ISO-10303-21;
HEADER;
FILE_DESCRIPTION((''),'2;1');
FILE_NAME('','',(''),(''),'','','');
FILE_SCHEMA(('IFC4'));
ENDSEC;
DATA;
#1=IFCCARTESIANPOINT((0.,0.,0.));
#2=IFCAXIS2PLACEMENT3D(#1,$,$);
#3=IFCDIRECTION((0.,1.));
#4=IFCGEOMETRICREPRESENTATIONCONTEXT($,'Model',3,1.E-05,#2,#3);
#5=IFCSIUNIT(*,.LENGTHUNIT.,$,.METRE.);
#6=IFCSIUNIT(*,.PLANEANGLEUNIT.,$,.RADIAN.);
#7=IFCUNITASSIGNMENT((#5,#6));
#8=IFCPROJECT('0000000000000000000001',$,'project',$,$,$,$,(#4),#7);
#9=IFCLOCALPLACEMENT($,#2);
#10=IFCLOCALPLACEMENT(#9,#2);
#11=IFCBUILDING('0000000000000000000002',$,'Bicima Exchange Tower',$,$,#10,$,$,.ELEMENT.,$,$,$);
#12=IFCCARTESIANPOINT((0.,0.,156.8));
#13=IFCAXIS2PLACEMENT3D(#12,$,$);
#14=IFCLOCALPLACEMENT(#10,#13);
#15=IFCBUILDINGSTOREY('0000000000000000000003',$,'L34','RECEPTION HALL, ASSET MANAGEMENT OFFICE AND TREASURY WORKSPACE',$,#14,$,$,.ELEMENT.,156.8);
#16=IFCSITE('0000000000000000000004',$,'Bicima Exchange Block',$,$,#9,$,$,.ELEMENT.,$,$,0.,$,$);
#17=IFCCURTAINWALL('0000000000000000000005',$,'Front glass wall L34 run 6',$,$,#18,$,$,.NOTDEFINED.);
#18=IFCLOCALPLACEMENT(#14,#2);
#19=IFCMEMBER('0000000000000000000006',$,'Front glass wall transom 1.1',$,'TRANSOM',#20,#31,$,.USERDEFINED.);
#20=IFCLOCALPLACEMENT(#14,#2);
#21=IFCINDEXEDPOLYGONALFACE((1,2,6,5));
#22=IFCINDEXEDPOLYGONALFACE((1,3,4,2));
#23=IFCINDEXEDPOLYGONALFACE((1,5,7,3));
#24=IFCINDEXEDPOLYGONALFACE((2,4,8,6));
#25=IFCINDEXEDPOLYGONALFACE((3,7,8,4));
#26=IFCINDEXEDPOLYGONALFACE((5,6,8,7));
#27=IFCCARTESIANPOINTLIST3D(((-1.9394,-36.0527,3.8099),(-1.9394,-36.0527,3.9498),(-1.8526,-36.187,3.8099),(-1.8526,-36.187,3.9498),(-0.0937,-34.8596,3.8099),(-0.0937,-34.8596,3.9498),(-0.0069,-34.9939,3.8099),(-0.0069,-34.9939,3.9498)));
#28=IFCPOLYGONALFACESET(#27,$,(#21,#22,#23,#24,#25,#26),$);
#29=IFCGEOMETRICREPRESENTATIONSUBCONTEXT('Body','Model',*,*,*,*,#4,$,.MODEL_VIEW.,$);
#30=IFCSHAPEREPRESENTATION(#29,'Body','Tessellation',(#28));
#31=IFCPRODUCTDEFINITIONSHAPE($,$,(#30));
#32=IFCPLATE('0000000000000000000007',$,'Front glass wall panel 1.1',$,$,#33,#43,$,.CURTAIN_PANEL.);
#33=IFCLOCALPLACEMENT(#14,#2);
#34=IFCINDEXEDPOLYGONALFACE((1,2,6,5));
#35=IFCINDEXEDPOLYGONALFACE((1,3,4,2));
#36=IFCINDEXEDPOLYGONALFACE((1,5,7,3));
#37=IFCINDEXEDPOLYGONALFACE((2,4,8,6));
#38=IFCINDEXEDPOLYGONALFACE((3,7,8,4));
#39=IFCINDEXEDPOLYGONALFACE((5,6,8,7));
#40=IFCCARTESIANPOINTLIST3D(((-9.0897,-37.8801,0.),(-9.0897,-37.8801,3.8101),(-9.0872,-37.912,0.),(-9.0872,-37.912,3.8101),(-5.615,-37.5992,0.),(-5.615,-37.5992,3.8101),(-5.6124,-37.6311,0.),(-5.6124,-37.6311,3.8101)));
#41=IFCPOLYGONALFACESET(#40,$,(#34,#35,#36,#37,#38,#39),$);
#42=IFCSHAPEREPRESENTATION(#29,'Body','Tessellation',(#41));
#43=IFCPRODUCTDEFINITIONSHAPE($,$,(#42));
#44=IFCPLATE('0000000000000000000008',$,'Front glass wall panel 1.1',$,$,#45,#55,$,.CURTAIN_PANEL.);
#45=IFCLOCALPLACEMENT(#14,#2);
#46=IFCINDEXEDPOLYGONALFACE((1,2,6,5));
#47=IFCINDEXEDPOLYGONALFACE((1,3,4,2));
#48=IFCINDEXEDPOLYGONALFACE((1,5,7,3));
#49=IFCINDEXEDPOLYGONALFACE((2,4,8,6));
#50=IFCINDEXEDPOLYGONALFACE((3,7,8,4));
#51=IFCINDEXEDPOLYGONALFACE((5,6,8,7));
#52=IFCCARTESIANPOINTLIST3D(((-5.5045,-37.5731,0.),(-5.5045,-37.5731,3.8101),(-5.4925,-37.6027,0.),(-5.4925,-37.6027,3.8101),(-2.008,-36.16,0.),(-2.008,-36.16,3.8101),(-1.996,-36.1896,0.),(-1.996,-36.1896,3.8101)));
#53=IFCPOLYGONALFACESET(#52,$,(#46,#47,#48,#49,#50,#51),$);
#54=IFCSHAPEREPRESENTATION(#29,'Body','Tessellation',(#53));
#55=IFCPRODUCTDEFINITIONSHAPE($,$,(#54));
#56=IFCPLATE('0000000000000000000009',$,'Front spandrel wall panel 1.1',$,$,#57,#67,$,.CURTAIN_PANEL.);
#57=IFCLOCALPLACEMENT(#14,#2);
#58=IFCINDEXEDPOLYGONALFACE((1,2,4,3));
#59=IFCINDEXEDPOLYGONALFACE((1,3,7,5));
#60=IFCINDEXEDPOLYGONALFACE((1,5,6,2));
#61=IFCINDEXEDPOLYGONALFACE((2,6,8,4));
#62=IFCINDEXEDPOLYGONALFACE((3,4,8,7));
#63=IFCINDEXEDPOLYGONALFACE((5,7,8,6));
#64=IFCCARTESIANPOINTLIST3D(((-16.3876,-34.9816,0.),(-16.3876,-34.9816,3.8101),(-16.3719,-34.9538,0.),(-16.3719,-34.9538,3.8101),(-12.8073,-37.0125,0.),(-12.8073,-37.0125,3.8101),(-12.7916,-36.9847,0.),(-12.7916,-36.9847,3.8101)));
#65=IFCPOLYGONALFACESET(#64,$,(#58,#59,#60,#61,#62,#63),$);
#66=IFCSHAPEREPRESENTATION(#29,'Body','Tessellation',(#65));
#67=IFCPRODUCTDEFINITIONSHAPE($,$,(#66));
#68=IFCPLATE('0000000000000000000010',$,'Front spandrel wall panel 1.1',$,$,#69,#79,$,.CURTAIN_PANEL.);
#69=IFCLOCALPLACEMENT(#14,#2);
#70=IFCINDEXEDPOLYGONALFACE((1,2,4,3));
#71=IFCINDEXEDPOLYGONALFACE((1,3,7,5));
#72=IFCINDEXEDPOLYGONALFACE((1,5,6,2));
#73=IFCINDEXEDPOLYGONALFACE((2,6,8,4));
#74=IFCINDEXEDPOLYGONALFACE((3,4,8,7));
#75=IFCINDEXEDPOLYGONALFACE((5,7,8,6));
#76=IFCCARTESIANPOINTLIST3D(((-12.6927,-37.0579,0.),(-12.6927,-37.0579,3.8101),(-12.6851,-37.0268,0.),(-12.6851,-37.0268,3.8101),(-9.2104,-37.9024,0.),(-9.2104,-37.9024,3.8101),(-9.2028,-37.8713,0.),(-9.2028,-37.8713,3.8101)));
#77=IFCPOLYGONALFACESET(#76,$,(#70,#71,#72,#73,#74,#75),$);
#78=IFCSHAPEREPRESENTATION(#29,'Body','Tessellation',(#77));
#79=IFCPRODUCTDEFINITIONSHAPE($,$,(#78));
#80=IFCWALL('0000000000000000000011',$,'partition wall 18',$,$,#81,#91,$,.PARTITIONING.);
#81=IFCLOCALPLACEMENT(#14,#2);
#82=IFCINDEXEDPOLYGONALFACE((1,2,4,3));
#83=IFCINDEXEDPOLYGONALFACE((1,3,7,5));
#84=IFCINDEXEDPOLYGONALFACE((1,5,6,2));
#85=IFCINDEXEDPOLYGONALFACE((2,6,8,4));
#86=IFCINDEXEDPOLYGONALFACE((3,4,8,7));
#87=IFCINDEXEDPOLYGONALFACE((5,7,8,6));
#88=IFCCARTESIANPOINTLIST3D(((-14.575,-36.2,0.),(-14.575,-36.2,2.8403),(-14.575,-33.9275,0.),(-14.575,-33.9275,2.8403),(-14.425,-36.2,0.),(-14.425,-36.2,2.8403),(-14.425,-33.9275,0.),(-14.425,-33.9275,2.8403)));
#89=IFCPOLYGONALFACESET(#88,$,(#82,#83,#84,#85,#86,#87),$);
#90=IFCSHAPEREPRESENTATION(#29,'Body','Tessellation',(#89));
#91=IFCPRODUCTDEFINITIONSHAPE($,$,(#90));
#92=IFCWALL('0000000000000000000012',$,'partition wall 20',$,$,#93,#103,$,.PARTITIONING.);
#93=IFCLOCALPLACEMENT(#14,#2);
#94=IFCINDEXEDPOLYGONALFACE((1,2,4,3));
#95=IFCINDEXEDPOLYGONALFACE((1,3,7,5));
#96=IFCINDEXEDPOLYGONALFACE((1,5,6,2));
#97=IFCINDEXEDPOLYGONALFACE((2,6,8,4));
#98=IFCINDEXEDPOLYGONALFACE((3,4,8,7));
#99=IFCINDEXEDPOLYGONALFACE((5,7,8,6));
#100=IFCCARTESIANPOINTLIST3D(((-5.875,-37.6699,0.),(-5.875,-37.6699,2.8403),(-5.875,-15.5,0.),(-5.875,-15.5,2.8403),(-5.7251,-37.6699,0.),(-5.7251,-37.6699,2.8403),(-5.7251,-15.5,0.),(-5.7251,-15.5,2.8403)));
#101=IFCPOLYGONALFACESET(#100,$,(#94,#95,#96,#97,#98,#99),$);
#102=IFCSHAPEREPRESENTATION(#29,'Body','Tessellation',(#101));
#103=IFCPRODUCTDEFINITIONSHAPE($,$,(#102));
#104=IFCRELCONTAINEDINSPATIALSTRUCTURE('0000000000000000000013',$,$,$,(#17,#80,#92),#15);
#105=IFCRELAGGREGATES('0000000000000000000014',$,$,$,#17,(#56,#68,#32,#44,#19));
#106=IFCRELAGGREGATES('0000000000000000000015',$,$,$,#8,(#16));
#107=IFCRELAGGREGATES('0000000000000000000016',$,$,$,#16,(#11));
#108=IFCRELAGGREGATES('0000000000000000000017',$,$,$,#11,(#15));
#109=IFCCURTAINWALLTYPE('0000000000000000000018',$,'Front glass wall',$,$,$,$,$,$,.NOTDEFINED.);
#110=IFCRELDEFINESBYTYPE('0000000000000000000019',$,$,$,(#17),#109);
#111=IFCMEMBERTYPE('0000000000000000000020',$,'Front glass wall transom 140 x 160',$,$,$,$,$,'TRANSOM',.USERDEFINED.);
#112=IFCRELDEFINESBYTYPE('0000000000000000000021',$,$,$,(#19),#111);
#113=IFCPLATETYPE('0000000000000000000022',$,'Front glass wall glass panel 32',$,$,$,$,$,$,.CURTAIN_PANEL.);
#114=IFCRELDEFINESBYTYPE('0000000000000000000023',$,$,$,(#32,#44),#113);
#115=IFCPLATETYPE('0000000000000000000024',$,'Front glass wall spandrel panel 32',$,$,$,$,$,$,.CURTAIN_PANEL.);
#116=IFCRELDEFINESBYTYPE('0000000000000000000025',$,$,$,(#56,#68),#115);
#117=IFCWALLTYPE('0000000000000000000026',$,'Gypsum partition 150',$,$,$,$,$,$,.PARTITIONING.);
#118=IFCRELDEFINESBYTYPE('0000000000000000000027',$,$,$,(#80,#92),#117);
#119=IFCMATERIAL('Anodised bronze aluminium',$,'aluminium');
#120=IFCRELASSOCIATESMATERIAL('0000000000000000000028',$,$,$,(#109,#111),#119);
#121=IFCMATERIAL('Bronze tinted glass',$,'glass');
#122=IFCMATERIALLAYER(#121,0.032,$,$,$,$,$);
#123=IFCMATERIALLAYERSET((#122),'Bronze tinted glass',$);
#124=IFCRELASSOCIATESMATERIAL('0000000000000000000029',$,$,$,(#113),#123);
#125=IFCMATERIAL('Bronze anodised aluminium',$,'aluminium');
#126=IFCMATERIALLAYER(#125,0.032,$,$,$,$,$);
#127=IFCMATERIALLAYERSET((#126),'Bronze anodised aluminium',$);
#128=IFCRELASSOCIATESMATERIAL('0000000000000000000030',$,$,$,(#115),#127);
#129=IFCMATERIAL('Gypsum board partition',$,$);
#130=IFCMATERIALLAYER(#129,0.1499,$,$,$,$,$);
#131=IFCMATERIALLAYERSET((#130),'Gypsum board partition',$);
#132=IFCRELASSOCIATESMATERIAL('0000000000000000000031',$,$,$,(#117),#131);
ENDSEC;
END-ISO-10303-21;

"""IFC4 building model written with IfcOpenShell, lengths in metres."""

from ifc_helpers import new_model, si_unit, direction, frame, frame_2d, origin, origin_2d, place, context, subcontext, project, spatial, rectangle, extrude, material, layer, layer_set, material_profile, profile_set, type_object, element, aggregate, save


model = new_model("IFC4")

# Units and contexts
model_context = context("Model", 3, precision=1e-05, world=origin(), true_north=direction((0.0, 1.0)))
body_context = subcontext(model_context, "Body", "Model", "MODEL_VIEW")
ifc_project = project(units=[si_unit("LENGTHUNIT", "METRE"), si_unit("PLANEANGLEUNIT", "RADIAN")], contexts=[model_context])

# Site, building, storey
site_placement = place(None, origin())
site = spatial("IfcSite", under=ifc_project, at=site_placement, Name="Bicima Exchange Block", CompositionType="ELEMENT", RefElevation=0.0)
building_placement = place(site_placement, origin())
building = spatial("IfcBuilding", under=site, at=building_placement, Name="Bicima Exchange Tower", CompositionType="ELEMENT")
storey_placement = place(building_placement, frame((0.0, 0.0, 156.8)))
storey = spatial("IfcBuildingStorey", under=building, at=storey_placement, Name="L34", Description="RECEPTION HALL, ASSET MANAGEMENT OFFICE AND TREASURY WORKSPACE", CompositionType="ELEMENT", Elevation=156.8)

# Curtain wall, member, plates
ifc_material_1 = material(Name="Anodised bronze aluminium", Category="aluminium")
curtain_wall_type = type_object("IfcCurtainWallType", Name="Front glass wall", PredefinedType="NOTDEFINED", material=ifc_material_1)
curtain_wall_placement = place(storey_placement, origin())
curtain_wall = element("IfcCurtainWall", 1, at=curtain_wall_placement, inside=storey, type_object=curtain_wall_type, Name="Front glass wall L34 run 6", PredefinedType="NOTDEFINED")
ifc_material_profile_1 = material_profile(ifc_material_1, rectangle(XDim=0.1599, YDim=0.1399, at=origin_2d()))
ifc_profile_set_1 = profile_set([ifc_material_profile_1], Name="Anodised bronze aluminium")
member_type_1 = type_object("IfcMemberType", Name="Front glass wall transom 140 x 160", ElementType="TRANSOM", PredefinedType="USERDEFINED", material=ifc_profile_set_1)
member_1_placement = place(storey_placement, frame((-1.896, -36.1199, 3.8799), z_axis=(0.839811, 0.542878, 0.0), x_axis=(-0.542878, 0.839811, 0.0)))
member_1 = element("IfcMember", 2, at=member_1_placement, type_object=member_type_1, Name="Front glass wall transom 1.1", ObjectType="TRANSOM", PredefinedType="USERDEFINED", context=body_context, shape_type="SweptSolid", body=[
    extrude(rectangle(XDim=0.1599, YDim=0.1399, at=origin_2d()), origin(), (0.0, 0.0, 1.0), 2.1978),
])
ifc_material_2 = material(Name="Bronze tinted glass", Category="glass")
ifc_layer_1 = layer(ifc_material_2, 0.032)
ifc_layer_set_1 = layer_set([ifc_layer_1], Name="Bronze tinted glass")
plate_type_1 = type_object("IfcPlateType", Name="Front glass wall glass panel 32", PredefinedType="CURTAIN_PANEL", material=ifc_layer_set_1)
plate_1_placement = place(storey_placement, frame((-7.3511, -37.7556, 0.0), z_axis=(0.0, 0.0, 1.0), x_axis=(0.996747, 0.080589, 0.0)))
plate_1 = element("IfcPlate", 3, at=plate_1_placement, type_object=plate_type_1, Name="Front glass wall panel 1.1", PredefinedType="CURTAIN_PANEL", context=body_context, shape_type="SweptSolid", body=[
    extrude(rectangle(XDim=3.4861, YDim=0.032, at=origin_2d()), origin(), (0.0, 0.0, 1.0), 3.8101),
])
plate_2_placement = place(storey_placement, frame((-3.7502, -36.8813, 0.0), z_axis=(0.0, 0.0, 1.0), x_axis=(0.927144, 0.374705, 0.0)))
plate_2 = element("IfcPlate", 4, at=plate_2_placement, type_object=plate_type_1, Name="Front glass wall panel 1.1", PredefinedType="CURTAIN_PANEL", context=body_context, shape_type="SweptSolid", body=[
    extrude(rectangle(XDim=3.7712, YDim=0.032, at=origin_2d()), origin(), (0.0, 0.0, 1.0), 3.8101),
])
ifc_material_3 = material(Name="Bronze anodised aluminium", Category="aluminium")
ifc_layer_2 = layer(ifc_material_3, 0.032)
ifc_layer_set_2 = layer_set([ifc_layer_2], Name="Bronze anodised aluminium")
plate_type_2 = type_object("IfcPlateType", Name="Front glass wall spandrel panel 32", PredefinedType="CURTAIN_PANEL", material=ifc_layer_set_2)
plate_3_placement = place(storey_placement, frame((-14.5896, -35.9832, 0.0), z_axis=(0.0, 0.0, 1.0), x_axis=(0.869805, -0.493395, 0.0)))
plate_3 = element("IfcPlate", 5, at=plate_3_placement, type_object=plate_type_2, Name="Front spandrel wall panel 1.1", PredefinedType="CURTAIN_PANEL", context=body_context, shape_type="SweptSolid", body=[
    extrude(rectangle(XDim=4.1162, YDim=0.032, at=origin_2d()), origin(), (0.0, 0.0, 1.0), 3.8101),
])
plate_4_placement = place(storey_placement, frame((-10.9478, -37.4646, 0.0), z_axis=(0.0, 0.0, 1.0), x_axis=(0.97183, -0.235682, 0.0)))
plate_4 = element("IfcPlate", 6, at=plate_4_placement, type_object=plate_type_2, Name="Front spandrel wall panel 1.1", PredefinedType="CURTAIN_PANEL", context=body_context, shape_type="SweptSolid", body=[
    extrude(rectangle(XDim=3.5833, YDim=0.032, at=origin_2d()), origin(), (0.0, 0.0, 1.0), 3.8101),
])
aggregate(curtain_wall, [plate_3, plate_4, plate_1, plate_2, member_1])

# Walls
ifc_material_4 = material(Name="Gypsum board partition")
ifc_layer_3 = layer(ifc_material_4, 0.1499)
ifc_layer_set_3 = layer_set([ifc_layer_3], Name="Gypsum board partition")
wall_type = type_object("IfcWallType", Name="Gypsum partition 150", PredefinedType="PARTITIONING", material=ifc_layer_set_3)
wall_1_placement = place(storey_placement, frame((-14.5, -36.2, 0.0), z_axis=(0.0, 0.0, 1.0), x_axis=(0.0, 1.0, 0.0)))
element("IfcWall", 7, at=wall_1_placement, inside=storey, type_object=wall_type, Name="partition wall 18", PredefinedType="PARTITIONING", context=body_context, shape_type="SweptSolid", body=[
    extrude(rectangle(XDim=2.2725, YDim=0.1499, at=frame_2d((1.1362, 0.0))), origin(), (0.0, 0.0, 1.0), 2.8403),
])
wall_2_placement = place(storey_placement, frame((-5.8, -37.6699, 0.0), z_axis=(0.0, 0.0, 1.0), x_axis=(0.0, 1.0, 0.0)))
element("IfcWall", 8, at=wall_2_placement, inside=storey, type_object=wall_type, Name="partition wall 20", PredefinedType="PARTITIONING", context=body_context, shape_type="SweptSolid", body=[
    extrude(rectangle(XDim=22.1699, YDim=0.1499, at=frame_2d((11.085, 0.0))), origin(), (0.0, 0.0, 1.0), 2.8403),
])

save(model, "model.ifc")
